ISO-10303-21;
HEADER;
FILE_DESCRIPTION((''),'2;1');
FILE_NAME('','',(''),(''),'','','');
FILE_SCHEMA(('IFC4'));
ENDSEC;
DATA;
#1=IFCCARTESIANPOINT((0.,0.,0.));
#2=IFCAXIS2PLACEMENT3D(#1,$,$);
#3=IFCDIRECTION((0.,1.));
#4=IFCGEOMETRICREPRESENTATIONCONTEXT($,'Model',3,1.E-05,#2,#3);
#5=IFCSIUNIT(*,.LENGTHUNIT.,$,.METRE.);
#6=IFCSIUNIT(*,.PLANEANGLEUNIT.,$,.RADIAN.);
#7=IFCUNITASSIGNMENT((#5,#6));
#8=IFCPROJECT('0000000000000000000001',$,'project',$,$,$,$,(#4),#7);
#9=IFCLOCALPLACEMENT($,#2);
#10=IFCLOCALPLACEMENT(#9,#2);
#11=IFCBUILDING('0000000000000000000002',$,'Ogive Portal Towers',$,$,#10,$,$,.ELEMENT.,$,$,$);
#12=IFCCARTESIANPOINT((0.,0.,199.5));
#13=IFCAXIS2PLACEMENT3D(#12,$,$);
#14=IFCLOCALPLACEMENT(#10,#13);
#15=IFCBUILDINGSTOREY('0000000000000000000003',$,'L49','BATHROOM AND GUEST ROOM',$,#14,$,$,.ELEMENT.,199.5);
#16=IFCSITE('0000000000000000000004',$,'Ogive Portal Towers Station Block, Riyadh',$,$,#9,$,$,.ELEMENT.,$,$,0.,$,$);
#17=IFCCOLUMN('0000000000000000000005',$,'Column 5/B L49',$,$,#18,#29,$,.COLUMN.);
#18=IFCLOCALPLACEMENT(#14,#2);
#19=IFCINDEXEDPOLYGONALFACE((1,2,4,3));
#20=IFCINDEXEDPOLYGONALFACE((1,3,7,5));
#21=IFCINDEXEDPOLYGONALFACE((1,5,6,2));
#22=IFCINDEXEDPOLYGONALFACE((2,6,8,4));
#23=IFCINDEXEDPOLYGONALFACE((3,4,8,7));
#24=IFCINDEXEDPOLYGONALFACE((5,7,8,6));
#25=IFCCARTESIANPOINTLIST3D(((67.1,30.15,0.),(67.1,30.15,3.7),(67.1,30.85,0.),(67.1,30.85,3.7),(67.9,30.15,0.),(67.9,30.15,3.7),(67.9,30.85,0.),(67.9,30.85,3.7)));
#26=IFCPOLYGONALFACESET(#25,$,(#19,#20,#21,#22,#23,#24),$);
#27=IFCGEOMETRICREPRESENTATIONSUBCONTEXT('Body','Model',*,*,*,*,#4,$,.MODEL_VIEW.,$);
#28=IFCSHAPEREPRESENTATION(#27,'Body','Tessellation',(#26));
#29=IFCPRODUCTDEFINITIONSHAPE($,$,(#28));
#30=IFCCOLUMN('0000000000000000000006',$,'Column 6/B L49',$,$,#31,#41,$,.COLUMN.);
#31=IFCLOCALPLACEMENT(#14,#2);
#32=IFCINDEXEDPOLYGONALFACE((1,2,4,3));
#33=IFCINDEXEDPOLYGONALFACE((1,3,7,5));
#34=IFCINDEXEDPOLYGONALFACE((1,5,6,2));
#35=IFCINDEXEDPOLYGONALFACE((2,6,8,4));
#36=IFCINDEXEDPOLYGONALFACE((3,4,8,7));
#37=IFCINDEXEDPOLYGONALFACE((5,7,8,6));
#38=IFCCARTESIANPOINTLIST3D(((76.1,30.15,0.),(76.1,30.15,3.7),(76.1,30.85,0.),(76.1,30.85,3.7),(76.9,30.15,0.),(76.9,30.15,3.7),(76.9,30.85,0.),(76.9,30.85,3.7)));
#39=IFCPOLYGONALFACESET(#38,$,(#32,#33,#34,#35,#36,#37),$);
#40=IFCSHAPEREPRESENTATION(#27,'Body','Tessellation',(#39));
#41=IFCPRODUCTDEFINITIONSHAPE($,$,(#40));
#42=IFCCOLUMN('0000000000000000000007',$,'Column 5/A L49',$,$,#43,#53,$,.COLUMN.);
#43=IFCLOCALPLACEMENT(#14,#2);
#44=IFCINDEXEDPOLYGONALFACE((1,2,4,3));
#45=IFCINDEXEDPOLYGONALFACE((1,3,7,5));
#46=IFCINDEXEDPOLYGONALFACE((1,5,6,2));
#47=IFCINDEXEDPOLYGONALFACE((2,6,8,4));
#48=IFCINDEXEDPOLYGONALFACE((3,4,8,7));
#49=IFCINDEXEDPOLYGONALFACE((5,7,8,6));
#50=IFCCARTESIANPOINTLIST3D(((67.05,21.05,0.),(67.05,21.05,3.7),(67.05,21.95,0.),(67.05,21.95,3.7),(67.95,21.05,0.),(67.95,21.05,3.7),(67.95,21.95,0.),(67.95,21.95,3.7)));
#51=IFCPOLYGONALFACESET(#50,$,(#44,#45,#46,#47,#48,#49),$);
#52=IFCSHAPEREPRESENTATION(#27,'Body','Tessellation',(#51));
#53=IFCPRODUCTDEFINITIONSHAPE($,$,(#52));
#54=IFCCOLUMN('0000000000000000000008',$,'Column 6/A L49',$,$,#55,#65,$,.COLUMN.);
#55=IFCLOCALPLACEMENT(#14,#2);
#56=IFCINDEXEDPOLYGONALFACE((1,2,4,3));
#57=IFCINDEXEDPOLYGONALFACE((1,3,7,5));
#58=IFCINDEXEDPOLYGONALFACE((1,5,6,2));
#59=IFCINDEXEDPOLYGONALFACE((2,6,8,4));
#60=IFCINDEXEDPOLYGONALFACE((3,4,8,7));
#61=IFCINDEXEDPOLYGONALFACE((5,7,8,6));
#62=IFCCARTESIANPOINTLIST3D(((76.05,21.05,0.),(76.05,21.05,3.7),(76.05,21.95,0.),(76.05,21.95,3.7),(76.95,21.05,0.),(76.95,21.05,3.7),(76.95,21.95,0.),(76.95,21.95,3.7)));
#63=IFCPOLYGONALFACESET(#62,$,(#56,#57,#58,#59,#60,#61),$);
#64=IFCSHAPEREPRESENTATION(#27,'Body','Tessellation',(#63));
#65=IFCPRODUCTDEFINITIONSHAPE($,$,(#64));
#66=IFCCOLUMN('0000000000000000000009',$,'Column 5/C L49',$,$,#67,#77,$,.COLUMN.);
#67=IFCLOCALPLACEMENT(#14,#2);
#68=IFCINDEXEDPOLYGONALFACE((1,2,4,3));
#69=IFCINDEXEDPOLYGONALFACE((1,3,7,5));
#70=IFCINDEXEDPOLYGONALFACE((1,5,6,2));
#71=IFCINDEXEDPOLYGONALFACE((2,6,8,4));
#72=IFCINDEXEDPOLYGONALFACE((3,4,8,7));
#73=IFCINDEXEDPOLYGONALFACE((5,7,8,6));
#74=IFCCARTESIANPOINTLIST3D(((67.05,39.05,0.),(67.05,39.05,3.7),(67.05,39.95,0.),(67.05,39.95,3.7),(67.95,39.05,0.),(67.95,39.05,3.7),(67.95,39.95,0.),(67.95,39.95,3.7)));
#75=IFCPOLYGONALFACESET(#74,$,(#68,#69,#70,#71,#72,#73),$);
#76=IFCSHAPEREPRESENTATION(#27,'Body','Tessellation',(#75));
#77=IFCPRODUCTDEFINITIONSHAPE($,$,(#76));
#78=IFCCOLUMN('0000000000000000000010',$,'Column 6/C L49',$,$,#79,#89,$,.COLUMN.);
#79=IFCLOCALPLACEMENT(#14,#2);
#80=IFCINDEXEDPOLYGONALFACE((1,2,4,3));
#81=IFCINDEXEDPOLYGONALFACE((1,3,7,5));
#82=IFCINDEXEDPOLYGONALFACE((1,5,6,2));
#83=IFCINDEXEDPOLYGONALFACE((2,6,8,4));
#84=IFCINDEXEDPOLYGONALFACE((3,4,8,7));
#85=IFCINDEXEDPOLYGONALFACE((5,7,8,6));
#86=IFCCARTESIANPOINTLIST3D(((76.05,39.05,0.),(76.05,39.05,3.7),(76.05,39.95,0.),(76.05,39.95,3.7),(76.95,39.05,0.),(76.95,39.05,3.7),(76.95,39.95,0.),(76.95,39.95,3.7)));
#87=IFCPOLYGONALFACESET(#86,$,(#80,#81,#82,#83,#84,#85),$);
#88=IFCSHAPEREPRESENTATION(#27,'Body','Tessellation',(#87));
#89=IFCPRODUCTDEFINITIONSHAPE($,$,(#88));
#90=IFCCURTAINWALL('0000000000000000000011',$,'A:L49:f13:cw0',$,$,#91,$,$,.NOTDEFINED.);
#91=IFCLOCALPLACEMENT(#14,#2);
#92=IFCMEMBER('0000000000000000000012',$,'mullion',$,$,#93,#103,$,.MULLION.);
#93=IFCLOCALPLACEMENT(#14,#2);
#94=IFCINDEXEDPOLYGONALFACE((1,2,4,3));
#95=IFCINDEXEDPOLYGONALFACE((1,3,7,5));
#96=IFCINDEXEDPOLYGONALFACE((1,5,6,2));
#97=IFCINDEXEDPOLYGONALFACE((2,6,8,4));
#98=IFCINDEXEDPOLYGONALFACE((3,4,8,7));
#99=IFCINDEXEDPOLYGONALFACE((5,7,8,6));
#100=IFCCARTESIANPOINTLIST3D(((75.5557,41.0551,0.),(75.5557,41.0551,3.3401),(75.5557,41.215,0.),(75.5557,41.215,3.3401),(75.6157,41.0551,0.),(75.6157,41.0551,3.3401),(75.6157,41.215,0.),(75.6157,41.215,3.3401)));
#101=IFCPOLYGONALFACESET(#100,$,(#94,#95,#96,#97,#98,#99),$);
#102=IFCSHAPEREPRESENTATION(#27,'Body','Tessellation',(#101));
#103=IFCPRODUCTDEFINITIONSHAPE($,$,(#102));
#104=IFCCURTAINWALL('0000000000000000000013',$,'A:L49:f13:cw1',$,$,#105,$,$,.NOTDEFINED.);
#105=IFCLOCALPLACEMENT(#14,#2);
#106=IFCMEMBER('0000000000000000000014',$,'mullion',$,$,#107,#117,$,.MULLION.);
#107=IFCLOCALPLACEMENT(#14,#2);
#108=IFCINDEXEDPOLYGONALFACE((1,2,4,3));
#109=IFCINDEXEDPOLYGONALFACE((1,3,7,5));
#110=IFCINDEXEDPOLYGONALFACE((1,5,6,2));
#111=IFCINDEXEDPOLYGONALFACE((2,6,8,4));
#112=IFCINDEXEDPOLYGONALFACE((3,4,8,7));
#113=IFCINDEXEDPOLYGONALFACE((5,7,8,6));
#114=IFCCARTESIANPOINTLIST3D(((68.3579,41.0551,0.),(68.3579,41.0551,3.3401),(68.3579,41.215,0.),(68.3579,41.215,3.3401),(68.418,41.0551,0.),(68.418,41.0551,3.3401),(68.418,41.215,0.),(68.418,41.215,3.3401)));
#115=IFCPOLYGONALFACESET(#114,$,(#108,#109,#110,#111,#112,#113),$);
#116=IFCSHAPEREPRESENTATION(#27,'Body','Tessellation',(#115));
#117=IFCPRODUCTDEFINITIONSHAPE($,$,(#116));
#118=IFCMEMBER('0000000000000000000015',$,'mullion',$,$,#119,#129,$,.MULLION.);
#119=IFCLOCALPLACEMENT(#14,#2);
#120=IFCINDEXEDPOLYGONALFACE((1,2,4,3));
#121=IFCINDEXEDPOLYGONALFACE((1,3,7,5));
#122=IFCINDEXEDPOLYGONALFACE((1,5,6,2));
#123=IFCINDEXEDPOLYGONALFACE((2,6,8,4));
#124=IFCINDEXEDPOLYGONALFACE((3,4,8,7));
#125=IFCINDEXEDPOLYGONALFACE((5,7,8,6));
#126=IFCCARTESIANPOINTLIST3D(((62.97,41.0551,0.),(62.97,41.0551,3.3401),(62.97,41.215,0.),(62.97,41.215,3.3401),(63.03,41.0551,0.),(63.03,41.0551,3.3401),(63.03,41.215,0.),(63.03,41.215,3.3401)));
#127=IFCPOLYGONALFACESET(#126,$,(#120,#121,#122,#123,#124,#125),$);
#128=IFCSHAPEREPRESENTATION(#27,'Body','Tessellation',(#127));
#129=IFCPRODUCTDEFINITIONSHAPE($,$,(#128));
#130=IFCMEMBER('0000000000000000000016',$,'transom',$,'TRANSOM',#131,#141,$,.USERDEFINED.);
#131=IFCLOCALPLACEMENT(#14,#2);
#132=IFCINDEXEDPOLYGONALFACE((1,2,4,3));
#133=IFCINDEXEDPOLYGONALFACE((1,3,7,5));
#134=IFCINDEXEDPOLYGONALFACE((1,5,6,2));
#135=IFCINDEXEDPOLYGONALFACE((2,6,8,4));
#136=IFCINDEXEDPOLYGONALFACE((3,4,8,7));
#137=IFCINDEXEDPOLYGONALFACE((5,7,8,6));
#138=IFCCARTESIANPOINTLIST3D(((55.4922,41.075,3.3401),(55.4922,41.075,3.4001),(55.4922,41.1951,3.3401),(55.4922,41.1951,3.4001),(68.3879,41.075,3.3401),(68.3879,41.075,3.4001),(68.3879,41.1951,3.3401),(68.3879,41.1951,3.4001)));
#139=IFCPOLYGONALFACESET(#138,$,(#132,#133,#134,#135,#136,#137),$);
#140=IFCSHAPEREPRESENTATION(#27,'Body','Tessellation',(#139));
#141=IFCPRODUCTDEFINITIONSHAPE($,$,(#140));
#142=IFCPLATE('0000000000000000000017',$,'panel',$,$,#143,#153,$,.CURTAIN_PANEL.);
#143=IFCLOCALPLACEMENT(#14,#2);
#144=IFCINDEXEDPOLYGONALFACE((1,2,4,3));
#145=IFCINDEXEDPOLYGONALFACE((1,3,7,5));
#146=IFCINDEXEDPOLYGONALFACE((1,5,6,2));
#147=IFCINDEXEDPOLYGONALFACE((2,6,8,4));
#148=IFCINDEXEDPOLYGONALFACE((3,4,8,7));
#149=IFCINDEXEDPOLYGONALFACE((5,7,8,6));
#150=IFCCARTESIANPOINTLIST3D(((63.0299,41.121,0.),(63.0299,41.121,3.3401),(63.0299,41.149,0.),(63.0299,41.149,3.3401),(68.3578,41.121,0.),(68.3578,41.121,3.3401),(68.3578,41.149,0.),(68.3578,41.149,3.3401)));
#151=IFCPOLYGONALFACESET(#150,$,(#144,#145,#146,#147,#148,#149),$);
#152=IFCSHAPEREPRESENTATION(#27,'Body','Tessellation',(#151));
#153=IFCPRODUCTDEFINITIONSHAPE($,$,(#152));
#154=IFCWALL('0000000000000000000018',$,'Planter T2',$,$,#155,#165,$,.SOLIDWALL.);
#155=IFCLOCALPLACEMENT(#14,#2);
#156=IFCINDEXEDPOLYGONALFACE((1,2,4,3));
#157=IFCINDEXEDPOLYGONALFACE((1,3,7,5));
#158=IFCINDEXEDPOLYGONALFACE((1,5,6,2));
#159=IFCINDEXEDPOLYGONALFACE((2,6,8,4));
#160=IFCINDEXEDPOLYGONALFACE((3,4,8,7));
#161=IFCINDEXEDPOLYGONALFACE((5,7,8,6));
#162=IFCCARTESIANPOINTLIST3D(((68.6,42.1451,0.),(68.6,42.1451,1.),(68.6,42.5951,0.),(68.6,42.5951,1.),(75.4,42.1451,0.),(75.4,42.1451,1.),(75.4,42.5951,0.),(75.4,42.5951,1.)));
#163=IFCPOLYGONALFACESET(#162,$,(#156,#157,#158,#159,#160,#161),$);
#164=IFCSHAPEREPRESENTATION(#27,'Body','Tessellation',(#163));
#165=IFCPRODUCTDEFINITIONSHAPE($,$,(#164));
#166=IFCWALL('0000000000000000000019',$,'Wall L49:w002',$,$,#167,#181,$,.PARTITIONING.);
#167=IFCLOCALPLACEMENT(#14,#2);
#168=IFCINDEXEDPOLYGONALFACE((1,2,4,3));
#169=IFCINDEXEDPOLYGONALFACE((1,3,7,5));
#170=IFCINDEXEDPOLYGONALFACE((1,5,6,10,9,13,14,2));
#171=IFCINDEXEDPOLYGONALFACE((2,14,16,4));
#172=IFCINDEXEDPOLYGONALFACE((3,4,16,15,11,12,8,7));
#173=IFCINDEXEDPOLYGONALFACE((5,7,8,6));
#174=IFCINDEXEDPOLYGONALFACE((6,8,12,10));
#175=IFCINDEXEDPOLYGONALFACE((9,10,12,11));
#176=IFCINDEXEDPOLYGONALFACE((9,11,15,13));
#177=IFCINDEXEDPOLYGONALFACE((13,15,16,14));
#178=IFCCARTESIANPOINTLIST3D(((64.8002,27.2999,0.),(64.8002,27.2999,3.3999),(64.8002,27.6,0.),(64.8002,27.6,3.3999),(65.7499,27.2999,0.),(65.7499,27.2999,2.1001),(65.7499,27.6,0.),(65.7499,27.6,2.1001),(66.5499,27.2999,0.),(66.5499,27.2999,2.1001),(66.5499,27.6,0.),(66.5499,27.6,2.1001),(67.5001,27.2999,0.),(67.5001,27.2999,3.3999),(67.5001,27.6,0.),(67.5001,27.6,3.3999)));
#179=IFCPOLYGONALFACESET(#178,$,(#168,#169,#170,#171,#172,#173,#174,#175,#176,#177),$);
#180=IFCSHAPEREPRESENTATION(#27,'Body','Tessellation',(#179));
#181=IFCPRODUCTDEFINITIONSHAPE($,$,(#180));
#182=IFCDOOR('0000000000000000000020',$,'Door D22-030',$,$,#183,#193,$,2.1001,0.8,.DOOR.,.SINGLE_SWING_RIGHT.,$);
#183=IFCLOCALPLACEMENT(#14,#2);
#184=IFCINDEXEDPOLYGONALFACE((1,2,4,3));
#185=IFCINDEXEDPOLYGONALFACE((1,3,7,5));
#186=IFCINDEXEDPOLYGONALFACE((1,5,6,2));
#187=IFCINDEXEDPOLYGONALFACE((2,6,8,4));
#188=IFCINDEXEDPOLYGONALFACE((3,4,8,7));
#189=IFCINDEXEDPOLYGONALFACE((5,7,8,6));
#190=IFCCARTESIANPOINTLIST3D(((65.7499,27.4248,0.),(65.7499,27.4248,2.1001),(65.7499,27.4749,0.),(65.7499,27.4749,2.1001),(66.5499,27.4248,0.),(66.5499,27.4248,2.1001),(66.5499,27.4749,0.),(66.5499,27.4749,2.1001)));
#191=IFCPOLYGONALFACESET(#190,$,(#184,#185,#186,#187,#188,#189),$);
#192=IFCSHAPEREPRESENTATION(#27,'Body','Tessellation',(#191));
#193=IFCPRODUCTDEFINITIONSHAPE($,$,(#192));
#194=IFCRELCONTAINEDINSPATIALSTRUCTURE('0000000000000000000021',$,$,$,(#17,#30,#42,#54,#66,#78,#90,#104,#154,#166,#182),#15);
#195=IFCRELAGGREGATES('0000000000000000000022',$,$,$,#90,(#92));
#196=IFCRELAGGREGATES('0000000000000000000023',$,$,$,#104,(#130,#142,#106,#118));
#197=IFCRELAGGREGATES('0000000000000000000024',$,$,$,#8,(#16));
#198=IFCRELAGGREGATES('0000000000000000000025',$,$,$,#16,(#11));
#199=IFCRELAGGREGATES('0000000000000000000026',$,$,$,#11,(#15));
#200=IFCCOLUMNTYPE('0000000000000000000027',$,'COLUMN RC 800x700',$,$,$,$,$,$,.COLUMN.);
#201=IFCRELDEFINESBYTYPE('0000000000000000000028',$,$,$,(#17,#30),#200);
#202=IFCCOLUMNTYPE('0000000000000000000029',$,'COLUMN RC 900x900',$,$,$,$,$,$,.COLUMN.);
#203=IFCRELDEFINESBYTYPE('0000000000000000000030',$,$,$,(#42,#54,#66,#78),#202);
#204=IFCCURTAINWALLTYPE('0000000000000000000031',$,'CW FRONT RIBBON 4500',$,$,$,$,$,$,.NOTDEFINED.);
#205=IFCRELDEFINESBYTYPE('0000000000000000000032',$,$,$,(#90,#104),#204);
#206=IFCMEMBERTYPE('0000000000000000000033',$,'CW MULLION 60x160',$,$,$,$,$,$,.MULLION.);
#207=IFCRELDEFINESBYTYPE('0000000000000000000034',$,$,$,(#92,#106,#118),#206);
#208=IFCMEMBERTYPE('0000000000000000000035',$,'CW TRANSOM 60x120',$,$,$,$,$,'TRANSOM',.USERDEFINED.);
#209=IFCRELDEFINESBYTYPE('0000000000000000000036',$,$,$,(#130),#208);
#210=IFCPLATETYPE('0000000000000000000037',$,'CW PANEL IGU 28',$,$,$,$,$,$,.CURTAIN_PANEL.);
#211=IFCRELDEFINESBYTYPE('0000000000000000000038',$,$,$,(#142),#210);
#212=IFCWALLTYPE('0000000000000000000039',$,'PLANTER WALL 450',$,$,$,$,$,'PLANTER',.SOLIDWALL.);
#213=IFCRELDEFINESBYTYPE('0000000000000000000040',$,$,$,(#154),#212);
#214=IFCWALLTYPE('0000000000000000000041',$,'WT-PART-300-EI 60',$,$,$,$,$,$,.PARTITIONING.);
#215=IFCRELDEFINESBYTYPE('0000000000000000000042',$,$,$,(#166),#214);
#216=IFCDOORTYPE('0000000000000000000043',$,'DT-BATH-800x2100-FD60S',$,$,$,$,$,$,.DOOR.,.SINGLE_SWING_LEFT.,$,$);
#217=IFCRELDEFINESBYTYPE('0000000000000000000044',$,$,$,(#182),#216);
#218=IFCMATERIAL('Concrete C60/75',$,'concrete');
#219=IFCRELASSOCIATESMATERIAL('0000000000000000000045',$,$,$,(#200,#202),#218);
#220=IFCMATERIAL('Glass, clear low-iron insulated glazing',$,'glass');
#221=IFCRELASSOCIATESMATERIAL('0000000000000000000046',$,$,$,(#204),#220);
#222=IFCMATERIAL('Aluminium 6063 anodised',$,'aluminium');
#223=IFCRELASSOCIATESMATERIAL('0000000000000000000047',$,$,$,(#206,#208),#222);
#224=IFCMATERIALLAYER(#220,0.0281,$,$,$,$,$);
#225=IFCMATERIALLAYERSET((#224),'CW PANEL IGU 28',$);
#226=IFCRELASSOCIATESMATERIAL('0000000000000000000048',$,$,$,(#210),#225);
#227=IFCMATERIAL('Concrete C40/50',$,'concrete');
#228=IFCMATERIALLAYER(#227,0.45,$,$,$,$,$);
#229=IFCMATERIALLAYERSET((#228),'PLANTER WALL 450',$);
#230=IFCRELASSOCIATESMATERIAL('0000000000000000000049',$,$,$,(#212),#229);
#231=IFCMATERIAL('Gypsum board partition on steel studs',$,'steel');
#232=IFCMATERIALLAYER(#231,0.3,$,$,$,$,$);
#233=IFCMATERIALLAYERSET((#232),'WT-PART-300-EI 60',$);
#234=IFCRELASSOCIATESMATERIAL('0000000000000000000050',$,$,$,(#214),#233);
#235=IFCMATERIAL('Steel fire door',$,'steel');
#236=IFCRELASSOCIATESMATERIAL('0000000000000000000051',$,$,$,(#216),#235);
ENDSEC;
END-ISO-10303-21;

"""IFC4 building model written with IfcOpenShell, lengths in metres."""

from ifc_helpers import new_model, si_unit, direction, frame, frame_2d, origin, origin_2d, place, context, subcontext, project, spatial, rectangle, extrude, material, layer, layer_set, material_profile, profile_set, type_object, element, fill, aggregate, save


model = new_model("IFC4")

# Units and contexts
model_context = context("Model", 3, precision=1e-05, world=origin(), true_north=direction((0.0, 1.0)))
body_context = subcontext(model_context, "Body", "Model", "MODEL_VIEW")
ifc_project = project(units=[si_unit("LENGTHUNIT", "METRE"), si_unit("PLANEANGLEUNIT", "RADIAN")], contexts=[model_context])

# Site, building, storey
site_placement = place(None, origin())
site = spatial("IfcSite", under=ifc_project, at=site_placement, Name="Ogive Portal Towers Station Block, Riyadh", CompositionType="ELEMENT", RefElevation=0.0)
building_placement = place(site_placement, origin())
building = spatial("IfcBuilding", under=site, at=building_placement, Name="Ogive Portal Towers", CompositionType="ELEMENT")
storey_placement = place(building_placement, frame((0.0, 0.0, 199.5)))
storey = spatial("IfcBuildingStorey", under=building, at=storey_placement, Name="L49", Description="BATHROOM AND GUEST ROOM", CompositionType="ELEMENT", Elevation=199.5)

# Columns
ifc_material_1 = material(Name="Concrete C60/75", Category="concrete")
ifc_material_profile_1 = material_profile(ifc_material_1, rectangle(XDim=0.8, YDim=0.7, at=origin_2d()), Name="RC 800x700")
ifc_profile_set_1 = profile_set([ifc_material_profile_1], Name="Concrete C60/75")
column_type_1 = type_object("IfcColumnType", Name="COLUMN RC 800x700", PredefinedType="COLUMN", material=ifc_profile_set_1)
for number, where, z_axis, x_axis, name in (
    (1, (67.5, 30.5, 0.0), (0.0, 0.0, 1.0), (1.0, 0.0, 0.0), "Column 5/B L49"),
    (2, (76.5, 30.5, 0.0), (0.0, 0.0, 1.0), (1.0, 0.0, 0.0), "Column 6/B L49"),
):
    element("IfcColumn", number, at=place(storey_placement, frame(where, z_axis=z_axis, x_axis=x_axis)), inside=storey, type_object=column_type_1, Name=name, PredefinedType="COLUMN", context=body_context, shape_type="SweptSolid", body=[
        extrude(rectangle(XDim=0.8, YDim=0.7, at=origin_2d()), origin(), (0.0, 0.0, 1.0), 3.7),
    ])
ifc_material_profile_2 = material_profile(ifc_material_1, rectangle(XDim=0.8999, YDim=0.8999, at=origin_2d()), Name="RC 900x900")
ifc_profile_set_2 = profile_set([ifc_material_profile_2], Name="Concrete C60/75")
column_type_2 = type_object("IfcColumnType", Name="COLUMN RC 900x900", PredefinedType="COLUMN", material=ifc_profile_set_2)
for number, where, z_axis, x_axis, name in (
    (3, (67.5, 21.5, 0.0), (0.0, 0.0, 1.0), (1.0, 0.0, 0.0), "Column 5/A L49"),
    (4, (76.5, 21.5, 0.0), (0.0, 0.0, 1.0), (1.0, 0.0, 0.0), "Column 6/A L49"),
    (5, (67.5, 39.5, 0.0), (0.0, 0.0, 1.0), (1.0, 0.0, 0.0), "Column 5/C L49"),
    (6, (76.5, 39.5, 0.0), (0.0, 0.0, 1.0), (1.0, 0.0, 0.0), "Column 6/C L49"),
):
    element("IfcColumn", number, at=place(storey_placement, frame(where, z_axis=z_axis, x_axis=x_axis)), inside=storey, type_object=column_type_2, Name=name, PredefinedType="COLUMN", context=body_context, shape_type="SweptSolid", body=[
        extrude(rectangle(XDim=0.8999, YDim=0.8999, at=origin_2d()), origin(), (0.0, 0.0, 1.0), 3.7),
    ])

# Curtain wall, member
ifc_material_2 = material(Name="Glass, clear low-iron insulated glazing", Category="glass")
curtain_wall_type = type_object("IfcCurtainWallType", Name="CW FRONT RIBBON 4500", PredefinedType="NOTDEFINED", material=ifc_material_2)
curtain_wall_1_placement = place(storey_placement, origin())
curtain_wall_1 = element("IfcCurtainWall", 7, at=curtain_wall_1_placement, inside=storey, type_object=curtain_wall_type, Name="A:L49:f13:cw0", PredefinedType="NOTDEFINED")
ifc_material_3 = material(Name="Aluminium 6063 anodised", Category="aluminium")
ifc_material_profile_3 = material_profile(ifc_material_3, rectangle(XDim=0.1599, YDim=0.0601, at=origin_2d()), Name="AL 60x160")
ifc_profile_set_3 = profile_set([ifc_material_profile_3], Name="Aluminium 6063 anodised")
member_type_1 = type_object("IfcMemberType", Name="CW MULLION 60x160", PredefinedType="MULLION", material=ifc_profile_set_3)
member_1_placement = place(storey_placement, frame((75.5857, 41.135, 0.0), z_axis=(0.0, 0.0, 1.0), x_axis=(0.0, -1.0, 0.0)))
member_1 = element("IfcMember", 8, at=member_1_placement, type_object=member_type_1, Name="mullion", PredefinedType="MULLION", context=body_context, shape_type="SweptSolid", body=[
    extrude(rectangle(XDim=0.1599, YDim=0.0601, at=origin_2d()), origin(), (0.0, 0.0, 1.0), 3.3401),
])
aggregate(curtain_wall_1, [member_1])

# Curtain wall, members, plate
curtain_wall_2_placement = place(storey_placement, origin())
curtain_wall_2 = element("IfcCurtainWall", 9, at=curtain_wall_2_placement, inside=storey, type_object=curtain_wall_type, Name="A:L49:f13:cw1", PredefinedType="NOTDEFINED")
member_2_placement = place(storey_placement, frame((68.3879, 41.135, 0.0), z_axis=(0.0, 0.0, 1.0), x_axis=(0.0, -1.0, 0.0)))
member_2 = element("IfcMember", 10, at=member_2_placement, type_object=member_type_1, Name="mullion", PredefinedType="MULLION", context=body_context, shape_type="SweptSolid", body=[
    extrude(rectangle(XDim=0.1599, YDim=0.0601, at=origin_2d()), origin(), (0.0, 0.0, 1.0), 3.3401),
])
member_3_placement = place(storey_placement, frame((63.0, 41.135, 0.0), z_axis=(0.0, 0.0, 1.0), x_axis=(0.0, -1.0, 0.0)))
member_3 = element("IfcMember", 11, at=member_3_placement, type_object=member_type_1, Name="mullion", PredefinedType="MULLION", context=body_context, shape_type="SweptSolid", body=[
    extrude(rectangle(XDim=0.1599, YDim=0.0601, at=origin_2d()), origin(), (0.0, 0.0, 1.0), 3.3401),
])
ifc_material_profile_4 = material_profile(ifc_material_3, rectangle(XDim=0.1201, YDim=0.0601, at=origin_2d()), Name="AL 120x60")
ifc_profile_set_4 = profile_set([ifc_material_profile_4], Name="Aluminium 6063 anodised")
member_type_2 = type_object("IfcMemberType", Name="CW TRANSOM 60x120", ElementType="TRANSOM", PredefinedType="USERDEFINED", material=ifc_profile_set_4)
member_4_placement = place(storey_placement, frame((68.3879, 41.135, 3.3701), z_axis=(-1.0, 0.0, 0.0), x_axis=(0.0, -1.0, 0.0)))
member_4 = element("IfcMember", 12, at=member_4_placement, type_object=member_type_2, Name="transom", ObjectType="TRANSOM", PredefinedType="USERDEFINED", context=body_context, shape_type="SweptSolid", body=[
    extrude(rectangle(XDim=0.1201, YDim=0.0601, at=origin_2d()), origin(), (0.0, 0.0, 1.0), 12.8958),
])
ifc_layer_1 = layer(ifc_material_2, 0.0281)
ifc_layer_set_1 = layer_set([ifc_layer_1], Name="CW PANEL IGU 28")
plate_type = type_object("IfcPlateType", Name="CW PANEL IGU 28", PredefinedType="CURTAIN_PANEL", material=ifc_layer_set_1)
plate_placement = place(storey_placement, frame((65.6938, 41.135, 0.0), z_axis=(0.0, 0.0, 1.0), x_axis=(-1.0, 0.0, 0.0)))
plate = element("IfcPlate", 13, at=plate_placement, type_object=plate_type, Name="panel", PredefinedType="CURTAIN_PANEL", context=body_context, shape_type="SweptSolid", body=[
    extrude(rectangle(XDim=5.3279, YDim=0.0281, at=origin_2d()), origin(), (0.0, 0.0, 1.0), 3.3401),
])
aggregate(curtain_wall_2, [member_4, plate, member_2, member_3])

# Wall
ifc_material_4 = material(Name="Concrete C40/50", Category="concrete")
ifc_layer_2 = layer(ifc_material_4, 0.45)
ifc_layer_set_2 = layer_set([ifc_layer_2], Name="PLANTER WALL 450")
wall_type_1 = type_object("IfcWallType", Name="PLANTER WALL 450", ElementType="PLANTER", PredefinedType="SOLIDWALL", material=ifc_layer_set_2)
wall_1_placement = place(storey_placement, frame((72.0, 42.3701, 0.0), z_axis=(0.0, 0.0, 1.0), x_axis=(1.0, 0.0, 0.0)))
element("IfcWall", 14, at=wall_1_placement, inside=storey, type_object=wall_type_1, Name="Planter T2", PredefinedType="SOLIDWALL", context=body_context, shape_type="SweptSolid", body=[
    extrude(rectangle(XDim=6.8, YDim=0.45, at=origin_2d()), origin(), (0.0, 0.0, 1.0), 1.0),
])

# Wall, opening, door
ifc_material_5 = material(Name="Gypsum board partition on steel studs", Category="steel")
ifc_layer_3 = layer(ifc_material_5, 0.3)
ifc_layer_set_3 = layer_set([ifc_layer_3], Name="WT-PART-300-EI 60")
wall_type_2 = type_object("IfcWallType", Name="WT-PART-300-EI 60", PredefinedType="PARTITIONING", material=ifc_layer_set_3)
wall_2_placement = place(storey_placement, frame((64.8, 27.45, 0.0), z_axis=(0.0, 0.0, 1.0), x_axis=(1.0, 0.0, 0.0)))
wall_2 = element("IfcWall", 15, at=wall_2_placement, inside=storey, type_object=wall_type_2, Name="Wall L49:w002", PredefinedType="PARTITIONING", context=body_context, shape_type="SweptSolid", body=[
    extrude(rectangle(XDim=2.7, YDim=0.3, at=frame_2d((1.3501, 0.0))), origin(), (0.0, 0.0, 1.0), 3.3999),
])
opening_1_placement = place(wall_2_placement, frame((0.95, 0.0, 0.0)))
opening_1 = element("IfcOpeningElement", 16, at=opening_1_placement, cuts=wall_2, PredefinedType="OPENING", context=body_context, shape_type="SweptSolid", body=[
    extrude(rectangle(XDim=0.8, YDim=2.1001, at=frame_2d((0.3999, 1.05))), frame((0.0, 0.1602, 0.0), z_axis=(0.0, -1.0, 0.0), x_axis=(1.0, 0.0, 0.0)), (0.0, 0.0, 1.0), 0.3201),
])
ifc_material_6 = material(Name="Steel fire door", Category="steel")
door_type_1 = type_object("IfcDoorType", Name="DT-BATH-800x2100-FD60S", OperationType="SINGLE_SWING_LEFT", PredefinedType="DOOR", material=ifc_material_6)
door_1_placement = place(opening_1_placement, origin())
door_1 = element("IfcDoor", 17, at=door_1_placement, inside=storey, type_object=door_type_1, Name="Door D22-030", OperationType="SINGLE_SWING_RIGHT", OverallHeight=2.1001, OverallWidth=0.8, PredefinedType="DOOR", context=body_context, shape_type="SweptSolid", body=[
    extrude(rectangle(XDim=0.8, YDim=2.1001, at=frame_2d((0.3999, 1.05))), frame((0.0, 0.0249, 0.0), z_axis=(0.0, -1.0, 0.0), x_axis=(1.0, 0.0, 0.0)), (0.0, 0.0, 1.0), 0.05),
])
fill(opening_1, door_1)

save(model, "model.ifc")
